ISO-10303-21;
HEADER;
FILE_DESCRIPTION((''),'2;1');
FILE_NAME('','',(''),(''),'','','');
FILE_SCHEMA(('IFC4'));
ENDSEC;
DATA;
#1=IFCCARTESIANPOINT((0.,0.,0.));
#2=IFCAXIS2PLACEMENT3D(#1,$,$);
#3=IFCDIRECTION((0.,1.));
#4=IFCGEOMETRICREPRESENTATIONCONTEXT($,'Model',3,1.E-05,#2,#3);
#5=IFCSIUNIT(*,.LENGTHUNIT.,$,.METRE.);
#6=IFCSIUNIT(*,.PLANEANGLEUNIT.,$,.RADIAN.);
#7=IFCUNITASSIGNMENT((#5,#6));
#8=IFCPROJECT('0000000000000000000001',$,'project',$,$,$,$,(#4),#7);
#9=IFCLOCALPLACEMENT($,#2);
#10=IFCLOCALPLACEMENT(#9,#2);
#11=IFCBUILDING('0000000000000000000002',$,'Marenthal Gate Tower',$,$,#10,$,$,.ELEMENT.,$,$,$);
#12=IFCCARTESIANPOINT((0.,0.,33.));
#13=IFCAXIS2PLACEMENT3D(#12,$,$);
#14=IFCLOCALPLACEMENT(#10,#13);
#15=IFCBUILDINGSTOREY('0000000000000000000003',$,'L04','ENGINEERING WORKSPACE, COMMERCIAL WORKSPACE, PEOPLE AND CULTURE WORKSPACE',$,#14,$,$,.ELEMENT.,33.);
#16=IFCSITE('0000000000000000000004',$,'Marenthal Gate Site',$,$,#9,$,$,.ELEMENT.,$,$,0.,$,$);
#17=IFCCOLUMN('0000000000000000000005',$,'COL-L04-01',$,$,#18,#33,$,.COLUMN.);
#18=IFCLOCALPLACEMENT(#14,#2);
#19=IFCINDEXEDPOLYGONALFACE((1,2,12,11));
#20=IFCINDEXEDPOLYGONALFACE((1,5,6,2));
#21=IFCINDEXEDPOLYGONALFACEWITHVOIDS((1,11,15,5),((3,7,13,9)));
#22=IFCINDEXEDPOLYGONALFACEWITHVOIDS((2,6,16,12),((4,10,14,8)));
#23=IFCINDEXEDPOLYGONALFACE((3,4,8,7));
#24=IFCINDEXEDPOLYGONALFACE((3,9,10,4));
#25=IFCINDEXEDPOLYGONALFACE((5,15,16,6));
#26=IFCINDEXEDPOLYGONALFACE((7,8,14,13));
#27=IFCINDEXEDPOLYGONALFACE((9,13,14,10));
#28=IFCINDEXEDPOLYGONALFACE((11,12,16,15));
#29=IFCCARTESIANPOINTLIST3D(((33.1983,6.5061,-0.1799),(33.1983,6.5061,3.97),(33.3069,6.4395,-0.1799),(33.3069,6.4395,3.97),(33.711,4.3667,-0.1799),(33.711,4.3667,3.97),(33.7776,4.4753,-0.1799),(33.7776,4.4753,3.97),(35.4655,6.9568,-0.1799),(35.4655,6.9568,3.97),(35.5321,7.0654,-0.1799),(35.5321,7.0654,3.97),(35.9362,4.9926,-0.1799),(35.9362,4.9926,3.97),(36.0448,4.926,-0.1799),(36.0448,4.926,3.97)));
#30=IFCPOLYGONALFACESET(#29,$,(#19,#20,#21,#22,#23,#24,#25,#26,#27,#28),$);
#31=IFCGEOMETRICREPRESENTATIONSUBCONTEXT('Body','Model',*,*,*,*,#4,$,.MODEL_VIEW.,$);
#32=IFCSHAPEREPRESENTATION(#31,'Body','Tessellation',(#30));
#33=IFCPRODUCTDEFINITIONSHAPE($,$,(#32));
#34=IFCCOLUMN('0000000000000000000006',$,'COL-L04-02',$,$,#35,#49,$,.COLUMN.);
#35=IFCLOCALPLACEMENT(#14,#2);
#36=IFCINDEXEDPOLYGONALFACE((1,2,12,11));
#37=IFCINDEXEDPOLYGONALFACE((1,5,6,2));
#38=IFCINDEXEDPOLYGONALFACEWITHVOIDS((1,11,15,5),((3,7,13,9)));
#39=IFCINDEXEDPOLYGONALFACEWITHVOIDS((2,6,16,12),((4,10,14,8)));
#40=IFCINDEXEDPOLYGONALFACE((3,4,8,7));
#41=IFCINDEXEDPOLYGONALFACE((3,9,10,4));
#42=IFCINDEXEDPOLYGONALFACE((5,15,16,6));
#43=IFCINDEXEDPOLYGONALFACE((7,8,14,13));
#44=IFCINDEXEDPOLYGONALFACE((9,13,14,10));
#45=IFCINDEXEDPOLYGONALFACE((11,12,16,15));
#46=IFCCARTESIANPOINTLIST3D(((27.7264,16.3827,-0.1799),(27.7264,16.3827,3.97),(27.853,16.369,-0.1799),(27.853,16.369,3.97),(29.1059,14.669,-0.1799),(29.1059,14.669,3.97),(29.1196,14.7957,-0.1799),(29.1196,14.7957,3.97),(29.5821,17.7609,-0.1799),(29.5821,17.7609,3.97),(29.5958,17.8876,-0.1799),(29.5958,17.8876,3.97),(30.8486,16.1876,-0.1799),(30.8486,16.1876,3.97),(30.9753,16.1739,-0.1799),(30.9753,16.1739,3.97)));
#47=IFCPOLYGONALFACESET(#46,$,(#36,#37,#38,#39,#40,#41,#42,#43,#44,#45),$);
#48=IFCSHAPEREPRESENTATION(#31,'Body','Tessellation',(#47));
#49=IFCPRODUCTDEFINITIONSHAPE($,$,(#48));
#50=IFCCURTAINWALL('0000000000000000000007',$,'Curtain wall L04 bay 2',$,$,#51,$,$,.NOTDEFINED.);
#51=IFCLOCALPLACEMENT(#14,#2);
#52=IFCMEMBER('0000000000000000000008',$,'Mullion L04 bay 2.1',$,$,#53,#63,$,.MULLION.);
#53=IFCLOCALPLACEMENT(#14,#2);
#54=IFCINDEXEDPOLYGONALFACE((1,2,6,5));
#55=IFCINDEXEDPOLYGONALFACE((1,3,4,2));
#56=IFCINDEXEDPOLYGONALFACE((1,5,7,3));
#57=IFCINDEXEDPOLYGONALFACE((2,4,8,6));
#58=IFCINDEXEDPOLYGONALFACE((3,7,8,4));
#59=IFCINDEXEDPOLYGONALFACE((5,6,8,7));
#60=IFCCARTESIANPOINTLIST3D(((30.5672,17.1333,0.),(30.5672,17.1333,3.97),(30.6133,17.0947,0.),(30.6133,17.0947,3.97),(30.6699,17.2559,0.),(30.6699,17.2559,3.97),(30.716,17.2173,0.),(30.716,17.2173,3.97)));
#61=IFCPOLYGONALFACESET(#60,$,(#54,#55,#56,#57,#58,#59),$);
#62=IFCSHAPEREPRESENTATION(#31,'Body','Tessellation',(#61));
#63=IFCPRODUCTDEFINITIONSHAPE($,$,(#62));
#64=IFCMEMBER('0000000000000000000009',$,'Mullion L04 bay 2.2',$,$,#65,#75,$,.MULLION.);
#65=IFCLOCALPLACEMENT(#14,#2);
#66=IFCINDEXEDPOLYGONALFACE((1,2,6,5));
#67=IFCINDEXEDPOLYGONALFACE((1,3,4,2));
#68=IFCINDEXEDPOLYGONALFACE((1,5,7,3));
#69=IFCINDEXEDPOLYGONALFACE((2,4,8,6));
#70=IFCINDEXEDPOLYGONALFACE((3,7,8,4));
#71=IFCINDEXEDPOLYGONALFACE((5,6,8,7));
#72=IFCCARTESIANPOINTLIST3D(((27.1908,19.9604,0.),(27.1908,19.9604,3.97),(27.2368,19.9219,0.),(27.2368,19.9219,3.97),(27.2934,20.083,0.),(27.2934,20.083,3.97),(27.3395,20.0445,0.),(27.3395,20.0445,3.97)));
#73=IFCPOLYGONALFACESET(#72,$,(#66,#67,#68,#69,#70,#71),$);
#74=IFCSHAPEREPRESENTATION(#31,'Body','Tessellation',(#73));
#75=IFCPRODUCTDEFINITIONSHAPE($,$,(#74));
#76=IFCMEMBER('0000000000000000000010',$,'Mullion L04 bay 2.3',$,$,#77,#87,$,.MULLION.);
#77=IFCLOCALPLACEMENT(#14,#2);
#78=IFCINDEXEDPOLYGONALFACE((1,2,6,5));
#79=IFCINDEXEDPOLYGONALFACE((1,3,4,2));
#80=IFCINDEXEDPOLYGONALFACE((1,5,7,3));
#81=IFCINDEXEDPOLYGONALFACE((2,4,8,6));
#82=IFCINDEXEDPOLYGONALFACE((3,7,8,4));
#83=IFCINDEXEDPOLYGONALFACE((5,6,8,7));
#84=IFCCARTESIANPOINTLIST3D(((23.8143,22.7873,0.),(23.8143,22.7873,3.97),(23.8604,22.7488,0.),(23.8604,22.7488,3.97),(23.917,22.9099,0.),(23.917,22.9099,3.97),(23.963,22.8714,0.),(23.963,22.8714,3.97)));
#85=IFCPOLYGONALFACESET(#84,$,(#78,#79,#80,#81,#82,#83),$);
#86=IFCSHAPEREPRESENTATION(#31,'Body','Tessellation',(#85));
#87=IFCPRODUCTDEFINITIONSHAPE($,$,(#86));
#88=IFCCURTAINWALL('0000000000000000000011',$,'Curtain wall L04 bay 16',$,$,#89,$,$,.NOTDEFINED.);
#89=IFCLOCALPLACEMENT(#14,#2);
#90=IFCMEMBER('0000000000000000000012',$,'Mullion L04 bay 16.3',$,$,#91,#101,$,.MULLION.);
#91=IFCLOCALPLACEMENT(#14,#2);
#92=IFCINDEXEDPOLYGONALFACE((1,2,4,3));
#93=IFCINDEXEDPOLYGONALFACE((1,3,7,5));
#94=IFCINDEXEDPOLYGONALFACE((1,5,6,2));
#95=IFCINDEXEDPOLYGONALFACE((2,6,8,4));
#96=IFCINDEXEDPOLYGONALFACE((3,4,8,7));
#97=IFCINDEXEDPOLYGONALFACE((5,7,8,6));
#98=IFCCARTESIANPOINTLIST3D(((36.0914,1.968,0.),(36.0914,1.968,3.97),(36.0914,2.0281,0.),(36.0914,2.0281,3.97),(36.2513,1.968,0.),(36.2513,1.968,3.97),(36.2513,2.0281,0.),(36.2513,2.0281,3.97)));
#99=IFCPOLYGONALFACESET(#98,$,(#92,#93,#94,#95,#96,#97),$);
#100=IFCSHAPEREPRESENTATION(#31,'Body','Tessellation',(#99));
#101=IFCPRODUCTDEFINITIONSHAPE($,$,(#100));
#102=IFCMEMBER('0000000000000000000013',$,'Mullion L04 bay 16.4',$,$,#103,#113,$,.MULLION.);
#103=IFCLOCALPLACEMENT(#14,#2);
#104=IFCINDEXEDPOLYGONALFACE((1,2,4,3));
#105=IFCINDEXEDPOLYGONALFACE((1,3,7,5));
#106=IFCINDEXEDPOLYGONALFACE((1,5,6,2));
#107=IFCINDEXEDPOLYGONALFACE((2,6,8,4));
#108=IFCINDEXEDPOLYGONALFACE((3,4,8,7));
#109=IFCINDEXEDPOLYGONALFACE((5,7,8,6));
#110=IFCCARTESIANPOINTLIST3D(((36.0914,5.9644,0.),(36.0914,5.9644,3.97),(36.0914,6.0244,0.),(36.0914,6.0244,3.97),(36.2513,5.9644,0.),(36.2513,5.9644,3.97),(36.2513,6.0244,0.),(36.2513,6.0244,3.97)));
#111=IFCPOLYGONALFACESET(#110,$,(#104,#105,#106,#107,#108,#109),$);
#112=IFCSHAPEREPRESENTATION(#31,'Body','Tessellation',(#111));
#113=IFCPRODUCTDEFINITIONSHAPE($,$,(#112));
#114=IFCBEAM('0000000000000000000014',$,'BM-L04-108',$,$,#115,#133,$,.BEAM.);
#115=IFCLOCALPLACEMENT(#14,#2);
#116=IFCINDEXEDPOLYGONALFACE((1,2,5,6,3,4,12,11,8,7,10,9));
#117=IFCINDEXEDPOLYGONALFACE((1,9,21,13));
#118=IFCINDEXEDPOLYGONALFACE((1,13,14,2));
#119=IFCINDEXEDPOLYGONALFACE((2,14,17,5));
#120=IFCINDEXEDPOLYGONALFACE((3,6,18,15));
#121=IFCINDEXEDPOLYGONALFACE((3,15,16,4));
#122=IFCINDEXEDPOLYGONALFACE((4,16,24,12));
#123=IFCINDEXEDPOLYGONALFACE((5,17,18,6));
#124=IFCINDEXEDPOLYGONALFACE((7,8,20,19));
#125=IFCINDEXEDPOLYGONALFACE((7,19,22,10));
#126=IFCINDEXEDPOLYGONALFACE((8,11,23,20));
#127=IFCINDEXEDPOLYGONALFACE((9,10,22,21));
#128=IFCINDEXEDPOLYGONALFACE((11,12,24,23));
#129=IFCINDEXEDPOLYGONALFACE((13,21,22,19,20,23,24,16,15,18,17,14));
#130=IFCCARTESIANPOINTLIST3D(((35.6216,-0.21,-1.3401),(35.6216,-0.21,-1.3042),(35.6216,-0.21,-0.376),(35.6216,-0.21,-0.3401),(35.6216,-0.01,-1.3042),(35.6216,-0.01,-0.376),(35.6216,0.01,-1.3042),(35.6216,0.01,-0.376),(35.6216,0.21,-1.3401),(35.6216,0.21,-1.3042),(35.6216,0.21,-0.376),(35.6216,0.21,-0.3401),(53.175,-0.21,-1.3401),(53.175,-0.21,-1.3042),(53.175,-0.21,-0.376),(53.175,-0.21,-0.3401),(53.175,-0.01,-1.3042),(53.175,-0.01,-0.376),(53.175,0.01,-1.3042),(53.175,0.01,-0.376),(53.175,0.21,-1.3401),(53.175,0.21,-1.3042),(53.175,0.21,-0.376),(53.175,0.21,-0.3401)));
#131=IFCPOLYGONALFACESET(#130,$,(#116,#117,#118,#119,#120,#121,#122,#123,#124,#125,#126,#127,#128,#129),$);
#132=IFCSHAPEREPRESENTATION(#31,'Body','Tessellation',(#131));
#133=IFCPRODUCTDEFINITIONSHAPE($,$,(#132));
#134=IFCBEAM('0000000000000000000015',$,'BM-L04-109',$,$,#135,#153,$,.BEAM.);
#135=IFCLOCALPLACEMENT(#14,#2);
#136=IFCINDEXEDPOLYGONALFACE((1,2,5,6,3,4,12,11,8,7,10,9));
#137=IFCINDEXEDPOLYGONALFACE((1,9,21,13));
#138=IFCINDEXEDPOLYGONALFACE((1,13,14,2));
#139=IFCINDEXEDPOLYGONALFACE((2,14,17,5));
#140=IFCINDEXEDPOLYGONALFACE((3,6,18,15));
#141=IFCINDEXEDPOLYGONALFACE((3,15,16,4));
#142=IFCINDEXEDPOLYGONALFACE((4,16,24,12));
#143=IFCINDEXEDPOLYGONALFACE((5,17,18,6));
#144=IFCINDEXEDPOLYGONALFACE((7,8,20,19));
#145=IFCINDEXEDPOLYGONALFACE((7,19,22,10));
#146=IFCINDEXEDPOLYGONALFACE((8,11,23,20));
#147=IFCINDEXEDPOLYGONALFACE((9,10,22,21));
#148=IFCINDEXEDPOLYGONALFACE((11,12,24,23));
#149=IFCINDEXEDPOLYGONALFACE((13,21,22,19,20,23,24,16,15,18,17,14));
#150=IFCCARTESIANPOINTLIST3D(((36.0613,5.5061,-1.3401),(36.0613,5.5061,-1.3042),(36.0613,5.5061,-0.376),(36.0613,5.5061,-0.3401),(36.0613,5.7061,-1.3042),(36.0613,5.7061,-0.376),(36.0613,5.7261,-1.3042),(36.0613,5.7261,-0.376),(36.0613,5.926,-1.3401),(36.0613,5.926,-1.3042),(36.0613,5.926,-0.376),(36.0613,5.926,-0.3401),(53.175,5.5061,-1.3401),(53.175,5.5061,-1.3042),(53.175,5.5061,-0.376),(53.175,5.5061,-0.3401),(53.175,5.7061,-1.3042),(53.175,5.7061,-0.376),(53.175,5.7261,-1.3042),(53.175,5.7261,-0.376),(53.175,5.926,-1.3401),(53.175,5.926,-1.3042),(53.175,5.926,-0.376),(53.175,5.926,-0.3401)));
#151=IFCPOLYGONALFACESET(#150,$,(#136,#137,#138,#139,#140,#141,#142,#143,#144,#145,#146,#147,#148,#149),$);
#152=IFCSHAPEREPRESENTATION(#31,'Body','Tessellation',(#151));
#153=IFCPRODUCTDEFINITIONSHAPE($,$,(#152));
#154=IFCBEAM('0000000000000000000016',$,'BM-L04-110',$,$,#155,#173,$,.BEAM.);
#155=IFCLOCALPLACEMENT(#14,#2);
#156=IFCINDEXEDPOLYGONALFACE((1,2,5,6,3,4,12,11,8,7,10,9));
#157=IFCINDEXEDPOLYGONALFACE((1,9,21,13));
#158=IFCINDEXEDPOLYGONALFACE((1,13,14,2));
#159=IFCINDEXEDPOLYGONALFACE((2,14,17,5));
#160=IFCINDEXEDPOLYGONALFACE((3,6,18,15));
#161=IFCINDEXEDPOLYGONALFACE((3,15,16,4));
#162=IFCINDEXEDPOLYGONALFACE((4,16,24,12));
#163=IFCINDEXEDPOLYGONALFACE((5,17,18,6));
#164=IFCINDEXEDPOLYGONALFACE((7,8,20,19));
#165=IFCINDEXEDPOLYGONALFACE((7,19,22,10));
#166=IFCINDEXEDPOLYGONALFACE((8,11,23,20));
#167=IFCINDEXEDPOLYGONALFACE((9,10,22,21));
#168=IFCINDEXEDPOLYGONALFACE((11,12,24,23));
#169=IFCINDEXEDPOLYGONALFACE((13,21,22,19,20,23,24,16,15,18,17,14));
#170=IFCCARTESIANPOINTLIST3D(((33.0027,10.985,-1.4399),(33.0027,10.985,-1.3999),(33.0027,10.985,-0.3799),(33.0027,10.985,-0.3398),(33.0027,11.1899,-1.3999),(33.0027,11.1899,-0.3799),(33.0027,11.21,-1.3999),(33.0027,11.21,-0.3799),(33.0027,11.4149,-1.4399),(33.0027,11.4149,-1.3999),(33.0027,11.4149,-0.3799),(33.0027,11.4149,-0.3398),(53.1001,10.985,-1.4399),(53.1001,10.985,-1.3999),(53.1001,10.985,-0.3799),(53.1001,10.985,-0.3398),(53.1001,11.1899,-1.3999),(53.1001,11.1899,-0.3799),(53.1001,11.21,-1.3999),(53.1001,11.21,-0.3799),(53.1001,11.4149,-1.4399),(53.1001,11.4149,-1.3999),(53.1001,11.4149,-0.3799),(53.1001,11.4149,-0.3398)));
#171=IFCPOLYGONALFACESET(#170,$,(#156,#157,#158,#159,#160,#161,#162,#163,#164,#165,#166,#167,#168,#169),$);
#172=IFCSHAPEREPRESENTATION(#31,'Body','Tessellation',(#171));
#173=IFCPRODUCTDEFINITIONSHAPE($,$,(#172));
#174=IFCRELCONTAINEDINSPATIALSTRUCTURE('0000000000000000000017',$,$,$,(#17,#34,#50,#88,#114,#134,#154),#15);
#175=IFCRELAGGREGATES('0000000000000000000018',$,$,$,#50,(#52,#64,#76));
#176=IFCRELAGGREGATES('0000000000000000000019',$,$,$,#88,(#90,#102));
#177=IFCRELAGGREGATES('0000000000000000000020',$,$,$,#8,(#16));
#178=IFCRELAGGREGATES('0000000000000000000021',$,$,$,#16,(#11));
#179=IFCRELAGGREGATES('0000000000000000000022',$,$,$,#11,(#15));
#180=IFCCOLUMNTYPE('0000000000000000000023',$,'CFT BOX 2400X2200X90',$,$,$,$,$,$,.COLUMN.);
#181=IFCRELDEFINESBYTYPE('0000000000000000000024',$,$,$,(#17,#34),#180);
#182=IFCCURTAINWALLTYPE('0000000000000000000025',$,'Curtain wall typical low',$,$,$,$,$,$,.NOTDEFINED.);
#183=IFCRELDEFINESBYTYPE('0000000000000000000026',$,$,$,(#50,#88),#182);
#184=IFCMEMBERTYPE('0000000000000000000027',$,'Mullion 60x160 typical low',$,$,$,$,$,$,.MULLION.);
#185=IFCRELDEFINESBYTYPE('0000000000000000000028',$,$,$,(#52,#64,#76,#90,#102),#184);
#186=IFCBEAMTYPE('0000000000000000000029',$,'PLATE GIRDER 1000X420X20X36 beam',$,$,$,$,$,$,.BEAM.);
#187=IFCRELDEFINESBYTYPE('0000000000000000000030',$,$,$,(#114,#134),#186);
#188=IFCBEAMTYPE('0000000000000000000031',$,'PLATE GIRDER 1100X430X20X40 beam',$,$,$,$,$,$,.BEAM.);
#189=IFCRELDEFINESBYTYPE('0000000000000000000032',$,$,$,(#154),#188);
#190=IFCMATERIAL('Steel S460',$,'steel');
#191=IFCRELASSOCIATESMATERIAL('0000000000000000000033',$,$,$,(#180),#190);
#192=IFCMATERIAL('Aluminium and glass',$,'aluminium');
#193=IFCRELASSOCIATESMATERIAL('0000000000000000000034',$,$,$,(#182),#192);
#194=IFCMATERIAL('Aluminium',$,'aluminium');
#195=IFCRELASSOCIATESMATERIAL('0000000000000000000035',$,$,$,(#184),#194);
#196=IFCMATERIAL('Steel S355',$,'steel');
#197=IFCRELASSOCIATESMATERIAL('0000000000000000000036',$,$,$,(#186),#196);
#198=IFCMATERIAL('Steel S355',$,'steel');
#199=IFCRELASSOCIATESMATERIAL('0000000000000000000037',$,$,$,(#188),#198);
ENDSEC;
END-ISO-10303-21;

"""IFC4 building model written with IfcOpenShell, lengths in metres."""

from ifc_helpers import new_model, si_unit, direction, frame, origin, origin_2d, place, context, subcontext, project, spatial, rectangle, hollow_rectangle, i_section, extrude, material, material_profile, profile_set, type_object, element, aggregate, save


model = new_model("IFC4")

# Units and contexts
model_context = context("Model", 3, precision=1e-05, world=origin(), true_north=direction((0.0, 1.0)))
body_context = subcontext(model_context, "Body", "Model", "MODEL_VIEW")
ifc_project = project(units=[si_unit("LENGTHUNIT", "METRE"), si_unit("PLANEANGLEUNIT", "RADIAN")], contexts=[model_context])

# Site, building, storey
site_placement = place(None, origin())
site = spatial("IfcSite", under=ifc_project, at=site_placement, Name="Marenthal Gate Site", CompositionType="ELEMENT", RefElevation=0.0)
building_placement = place(site_placement, origin())
building = spatial("IfcBuilding", under=site, at=building_placement, Name="Marenthal Gate Tower", CompositionType="ELEMENT")
storey_placement = place(building_placement, frame((0.0, 0.0, 33.0)))
storey = spatial("IfcBuildingStorey", under=building, at=storey_placement, Name="L04", Description="ENGINEERING WORKSPACE, COMMERCIAL WORKSPACE, PEOPLE AND CULTURE WORKSPACE", CompositionType="ELEMENT", Elevation=33.0)

# Columns
ifc_material_1 = material(Name="Steel S460", Category="steel")
ifc_material_profile_1 = material_profile(ifc_material_1, hollow_rectangle(XDim=2.2, YDim=2.3999, WallThickness=0.0901, at=origin_2d()), Name="CFT BOX 2400X2200X90")
ifc_material_2 = material(Name="Concrete 70 MPa", Category="concrete")
ifc_material_profile_2 = material_profile(ifc_material_2, rectangle(XDim=2.02, YDim=2.22, at=origin_2d()), Name="CFT BOX 2400X2200X90 INFILL")
ifc_profile_set_1 = profile_set([ifc_material_profile_1, ifc_material_profile_2], Name="Steel S460 shell, Concrete 70 MPa infill")
column_type = type_object("IfcColumnType", Name="CFT BOX 2400X2200X90", PredefinedType="COLUMN", material=ifc_profile_set_1)
for number, where, z_axis, x_axis, name in (
    (1, (34.6216, 5.7161, -0.1799), (0.0, 0.0, 1.0), (0.233047, -0.972466, 0.0), "COL-L04-01"),
    (2, (29.3508, 16.2783, -0.1799), (0.0, 0.0, 1.0), (0.62707, -0.778963, 0.0), "COL-L04-02"),
):
    element("IfcColumn", number, at=place(storey_placement, frame(where, z_axis=z_axis, x_axis=x_axis)), inside=storey, type_object=column_type, Name=name, PredefinedType="COLUMN", context=body_context, shape_type="SweptSolid", body=[
        extrude(hollow_rectangle(XDim=2.2, YDim=2.3999, WallThickness=0.0901, at=origin_2d()), origin(), (0.0, 0.0, 1.0), 4.1499),
    ])

# Curtain walls, members
ifc_material_3 = material(Name="Aluminium and glass", Category="aluminium")
curtain_wall_type = type_object("IfcCurtainWallType", Name="Curtain wall typical low", PredefinedType="NOTDEFINED", material=ifc_material_3)
curtain_wall_1_placement = place(storey_placement, origin())
curtain_wall_1 = element("IfcCurtainWall", 3, at=curtain_wall_1_placement, inside=storey, type_object=curtain_wall_type, Name="Curtain wall L04 bay 2", PredefinedType="NOTDEFINED")
ifc_material_4 = material(Name="Aluminium", Category="aluminium")
ifc_material_profile_3 = material_profile(ifc_material_4, rectangle(XDim=0.1599, YDim=0.0601, at=origin_2d()), Name="60x160 aluminium mullion")
ifc_profile_set_2 = profile_set([ifc_material_profile_3], Name="Aluminium")
member_type_1 = type_object("IfcMemberType", Name="Mullion 60x160 typical low", PredefinedType="MULLION", material=ifc_profile_set_2)
member_1_placement = place(storey_placement, frame((30.6416, 17.1753, 0.0), z_axis=(0.0, 0.0, 1.0), x_axis=(-0.641982, -0.76672, 0.0)))
member_1 = element("IfcMember", 4, at=member_1_placement, type_object=member_type_1, Name="Mullion L04 bay 2.1", PredefinedType="MULLION", context=body_context, shape_type="SweptSolid", body=[
    extrude(rectangle(XDim=0.1599, YDim=0.0601, at=origin_2d()), origin(), (0.0, 0.0, 1.0), 3.97),
])
member_2_placement = place(storey_placement, frame((27.2651, 20.0024, 0.0), z_axis=(0.0, 0.0, 1.0), x_axis=(-0.641982, -0.76672, 0.0)))
member_2 = element("IfcMember", 5, at=member_2_placement, type_object=member_type_1, Name="Mullion L04 bay 2.2", PredefinedType="MULLION", context=body_context, shape_type="SweptSolid", body=[
    extrude(rectangle(XDim=0.1599, YDim=0.0601, at=origin_2d()), origin(), (0.0, 0.0, 1.0), 3.97),
])
member_3_placement = place(storey_placement, frame((23.8887, 22.8293, 0.0), z_axis=(0.0, 0.0, 1.0), x_axis=(-0.641982, -0.76672, 0.0)))
member_3 = element("IfcMember", 6, at=member_3_placement, type_object=member_type_1, Name="Mullion L04 bay 2.3", PredefinedType="MULLION", context=body_context, shape_type="SweptSolid", body=[
    extrude(rectangle(XDim=0.1599, YDim=0.0601, at=origin_2d()), origin(), (0.0, 0.0, 1.0), 3.97),
])
curtain_wall_2_placement = place(storey_placement, origin())
curtain_wall_2 = element("IfcCurtainWall", 7, at=curtain_wall_2_placement, inside=storey, type_object=curtain_wall_type, Name="Curtain wall L04 bay 16", PredefinedType="NOTDEFINED")
member_4_placement = place(storey_placement, frame((36.1714, 1.998, 0.0), z_axis=(0.0, 0.0, 1.0), x_axis=(-1.0, 0.0, 0.0)))
member_4 = element("IfcMember", 8, at=member_4_placement, type_object=member_type_1, Name="Mullion L04 bay 16.3", PredefinedType="MULLION", context=body_context, shape_type="SweptSolid", body=[
    extrude(rectangle(XDim=0.1599, YDim=0.0601, at=origin_2d()), origin(), (0.0, 0.0, 1.0), 3.97),
])
member_5_placement = place(storey_placement, frame((36.1714, 5.9944, 0.0), z_axis=(0.0, 0.0, 1.0), x_axis=(-1.0, 0.0, 0.0)))
member_5 = element("IfcMember", 9, at=member_5_placement, type_object=member_type_1, Name="Mullion L04 bay 16.4", PredefinedType="MULLION", context=body_context, shape_type="SweptSolid", body=[
    extrude(rectangle(XDim=0.1599, YDim=0.0601, at=origin_2d()), origin(), (0.0, 0.0, 1.0), 3.97),
])

# Beams
ifc_material_5 = material(Name="Steel S355", Category="steel")
ifc_material_profile_4 = material_profile(ifc_material_5, i_section(OverallWidth=0.4199, OverallDepth=1.0, WebThickness=0.02, FlangeThickness=0.0359, at=origin_2d()), Name="PLATE GIRDER 1000X420X20X36")
ifc_profile_set_3 = profile_set([ifc_material_profile_4], Name="Steel S355")
beam_type_1 = type_object("IfcBeamType", Name="PLATE GIRDER 1000X420X20X36 beam", PredefinedType="BEAM", material=ifc_profile_set_3)
beam_1_placement = place(storey_placement, frame((35.6216, 0.0, -0.8401), z_axis=(1.0, 0.0, 0.0), x_axis=(0.0, 1.0, 0.0)))
element("IfcBeam", 10, at=beam_1_placement, inside=storey, type_object=beam_type_1, Name="BM-L04-108", PredefinedType="BEAM", context=body_context, shape_type="SweptSolid", body=[
    extrude(i_section(OverallWidth=0.4199, OverallDepth=1.0, WebThickness=0.02, FlangeThickness=0.0359, at=origin_2d()), origin(), (0.0, 0.0, 1.0), 17.5535),
])
beam_2_placement = place(storey_placement, frame((36.0613, 5.7161, -0.8401), z_axis=(1.0, 0.0, 0.0), x_axis=(0.0, 1.0, 0.0)))
element("IfcBeam", 11, at=beam_2_placement, inside=storey, type_object=beam_type_1, Name="BM-L04-109", PredefinedType="BEAM", context=body_context, shape_type="SweptSolid", body=[
    extrude(i_section(OverallWidth=0.4199, OverallDepth=1.0, WebThickness=0.02, FlangeThickness=0.0359, at=origin_2d()), origin(), (0.0, 0.0, 1.0), 17.1138),
])
ifc_material_6 = material(Name="Steel S355", Category="steel")
ifc_material_profile_5 = material_profile(ifc_material_6, i_section(OverallWidth=0.4299, OverallDepth=1.1001, WebThickness=0.02, FlangeThickness=0.04, at=origin_2d()), Name="PLATE GIRDER 1100X430X20X40")
ifc_profile_set_4 = profile_set([ifc_material_profile_5], Name="Steel S355")
beam_type_2 = type_object("IfcBeamType", Name="PLATE GIRDER 1100X430X20X40 beam", PredefinedType="BEAM", material=ifc_profile_set_4)
beam_3_placement = place(storey_placement, frame((33.0027, 11.2, -0.8899), z_axis=(1.0, 0.0, 0.0), x_axis=(0.0, 1.0, 0.0)))
element("IfcBeam", 12, at=beam_3_placement, inside=storey, type_object=beam_type_2, Name="BM-L04-110", PredefinedType="BEAM", context=body_context, shape_type="SweptSolid", body=[
    extrude(i_section(OverallWidth=0.4299, OverallDepth=1.1001, WebThickness=0.02, FlangeThickness=0.04, at=origin_2d()), origin(), (0.0, 0.0, 1.0), 20.0974),
])

aggregate(curtain_wall_1, [member_1, member_2, member_3])
aggregate(curtain_wall_2, [member_4, member_5])

save(model, "model.ifc")
